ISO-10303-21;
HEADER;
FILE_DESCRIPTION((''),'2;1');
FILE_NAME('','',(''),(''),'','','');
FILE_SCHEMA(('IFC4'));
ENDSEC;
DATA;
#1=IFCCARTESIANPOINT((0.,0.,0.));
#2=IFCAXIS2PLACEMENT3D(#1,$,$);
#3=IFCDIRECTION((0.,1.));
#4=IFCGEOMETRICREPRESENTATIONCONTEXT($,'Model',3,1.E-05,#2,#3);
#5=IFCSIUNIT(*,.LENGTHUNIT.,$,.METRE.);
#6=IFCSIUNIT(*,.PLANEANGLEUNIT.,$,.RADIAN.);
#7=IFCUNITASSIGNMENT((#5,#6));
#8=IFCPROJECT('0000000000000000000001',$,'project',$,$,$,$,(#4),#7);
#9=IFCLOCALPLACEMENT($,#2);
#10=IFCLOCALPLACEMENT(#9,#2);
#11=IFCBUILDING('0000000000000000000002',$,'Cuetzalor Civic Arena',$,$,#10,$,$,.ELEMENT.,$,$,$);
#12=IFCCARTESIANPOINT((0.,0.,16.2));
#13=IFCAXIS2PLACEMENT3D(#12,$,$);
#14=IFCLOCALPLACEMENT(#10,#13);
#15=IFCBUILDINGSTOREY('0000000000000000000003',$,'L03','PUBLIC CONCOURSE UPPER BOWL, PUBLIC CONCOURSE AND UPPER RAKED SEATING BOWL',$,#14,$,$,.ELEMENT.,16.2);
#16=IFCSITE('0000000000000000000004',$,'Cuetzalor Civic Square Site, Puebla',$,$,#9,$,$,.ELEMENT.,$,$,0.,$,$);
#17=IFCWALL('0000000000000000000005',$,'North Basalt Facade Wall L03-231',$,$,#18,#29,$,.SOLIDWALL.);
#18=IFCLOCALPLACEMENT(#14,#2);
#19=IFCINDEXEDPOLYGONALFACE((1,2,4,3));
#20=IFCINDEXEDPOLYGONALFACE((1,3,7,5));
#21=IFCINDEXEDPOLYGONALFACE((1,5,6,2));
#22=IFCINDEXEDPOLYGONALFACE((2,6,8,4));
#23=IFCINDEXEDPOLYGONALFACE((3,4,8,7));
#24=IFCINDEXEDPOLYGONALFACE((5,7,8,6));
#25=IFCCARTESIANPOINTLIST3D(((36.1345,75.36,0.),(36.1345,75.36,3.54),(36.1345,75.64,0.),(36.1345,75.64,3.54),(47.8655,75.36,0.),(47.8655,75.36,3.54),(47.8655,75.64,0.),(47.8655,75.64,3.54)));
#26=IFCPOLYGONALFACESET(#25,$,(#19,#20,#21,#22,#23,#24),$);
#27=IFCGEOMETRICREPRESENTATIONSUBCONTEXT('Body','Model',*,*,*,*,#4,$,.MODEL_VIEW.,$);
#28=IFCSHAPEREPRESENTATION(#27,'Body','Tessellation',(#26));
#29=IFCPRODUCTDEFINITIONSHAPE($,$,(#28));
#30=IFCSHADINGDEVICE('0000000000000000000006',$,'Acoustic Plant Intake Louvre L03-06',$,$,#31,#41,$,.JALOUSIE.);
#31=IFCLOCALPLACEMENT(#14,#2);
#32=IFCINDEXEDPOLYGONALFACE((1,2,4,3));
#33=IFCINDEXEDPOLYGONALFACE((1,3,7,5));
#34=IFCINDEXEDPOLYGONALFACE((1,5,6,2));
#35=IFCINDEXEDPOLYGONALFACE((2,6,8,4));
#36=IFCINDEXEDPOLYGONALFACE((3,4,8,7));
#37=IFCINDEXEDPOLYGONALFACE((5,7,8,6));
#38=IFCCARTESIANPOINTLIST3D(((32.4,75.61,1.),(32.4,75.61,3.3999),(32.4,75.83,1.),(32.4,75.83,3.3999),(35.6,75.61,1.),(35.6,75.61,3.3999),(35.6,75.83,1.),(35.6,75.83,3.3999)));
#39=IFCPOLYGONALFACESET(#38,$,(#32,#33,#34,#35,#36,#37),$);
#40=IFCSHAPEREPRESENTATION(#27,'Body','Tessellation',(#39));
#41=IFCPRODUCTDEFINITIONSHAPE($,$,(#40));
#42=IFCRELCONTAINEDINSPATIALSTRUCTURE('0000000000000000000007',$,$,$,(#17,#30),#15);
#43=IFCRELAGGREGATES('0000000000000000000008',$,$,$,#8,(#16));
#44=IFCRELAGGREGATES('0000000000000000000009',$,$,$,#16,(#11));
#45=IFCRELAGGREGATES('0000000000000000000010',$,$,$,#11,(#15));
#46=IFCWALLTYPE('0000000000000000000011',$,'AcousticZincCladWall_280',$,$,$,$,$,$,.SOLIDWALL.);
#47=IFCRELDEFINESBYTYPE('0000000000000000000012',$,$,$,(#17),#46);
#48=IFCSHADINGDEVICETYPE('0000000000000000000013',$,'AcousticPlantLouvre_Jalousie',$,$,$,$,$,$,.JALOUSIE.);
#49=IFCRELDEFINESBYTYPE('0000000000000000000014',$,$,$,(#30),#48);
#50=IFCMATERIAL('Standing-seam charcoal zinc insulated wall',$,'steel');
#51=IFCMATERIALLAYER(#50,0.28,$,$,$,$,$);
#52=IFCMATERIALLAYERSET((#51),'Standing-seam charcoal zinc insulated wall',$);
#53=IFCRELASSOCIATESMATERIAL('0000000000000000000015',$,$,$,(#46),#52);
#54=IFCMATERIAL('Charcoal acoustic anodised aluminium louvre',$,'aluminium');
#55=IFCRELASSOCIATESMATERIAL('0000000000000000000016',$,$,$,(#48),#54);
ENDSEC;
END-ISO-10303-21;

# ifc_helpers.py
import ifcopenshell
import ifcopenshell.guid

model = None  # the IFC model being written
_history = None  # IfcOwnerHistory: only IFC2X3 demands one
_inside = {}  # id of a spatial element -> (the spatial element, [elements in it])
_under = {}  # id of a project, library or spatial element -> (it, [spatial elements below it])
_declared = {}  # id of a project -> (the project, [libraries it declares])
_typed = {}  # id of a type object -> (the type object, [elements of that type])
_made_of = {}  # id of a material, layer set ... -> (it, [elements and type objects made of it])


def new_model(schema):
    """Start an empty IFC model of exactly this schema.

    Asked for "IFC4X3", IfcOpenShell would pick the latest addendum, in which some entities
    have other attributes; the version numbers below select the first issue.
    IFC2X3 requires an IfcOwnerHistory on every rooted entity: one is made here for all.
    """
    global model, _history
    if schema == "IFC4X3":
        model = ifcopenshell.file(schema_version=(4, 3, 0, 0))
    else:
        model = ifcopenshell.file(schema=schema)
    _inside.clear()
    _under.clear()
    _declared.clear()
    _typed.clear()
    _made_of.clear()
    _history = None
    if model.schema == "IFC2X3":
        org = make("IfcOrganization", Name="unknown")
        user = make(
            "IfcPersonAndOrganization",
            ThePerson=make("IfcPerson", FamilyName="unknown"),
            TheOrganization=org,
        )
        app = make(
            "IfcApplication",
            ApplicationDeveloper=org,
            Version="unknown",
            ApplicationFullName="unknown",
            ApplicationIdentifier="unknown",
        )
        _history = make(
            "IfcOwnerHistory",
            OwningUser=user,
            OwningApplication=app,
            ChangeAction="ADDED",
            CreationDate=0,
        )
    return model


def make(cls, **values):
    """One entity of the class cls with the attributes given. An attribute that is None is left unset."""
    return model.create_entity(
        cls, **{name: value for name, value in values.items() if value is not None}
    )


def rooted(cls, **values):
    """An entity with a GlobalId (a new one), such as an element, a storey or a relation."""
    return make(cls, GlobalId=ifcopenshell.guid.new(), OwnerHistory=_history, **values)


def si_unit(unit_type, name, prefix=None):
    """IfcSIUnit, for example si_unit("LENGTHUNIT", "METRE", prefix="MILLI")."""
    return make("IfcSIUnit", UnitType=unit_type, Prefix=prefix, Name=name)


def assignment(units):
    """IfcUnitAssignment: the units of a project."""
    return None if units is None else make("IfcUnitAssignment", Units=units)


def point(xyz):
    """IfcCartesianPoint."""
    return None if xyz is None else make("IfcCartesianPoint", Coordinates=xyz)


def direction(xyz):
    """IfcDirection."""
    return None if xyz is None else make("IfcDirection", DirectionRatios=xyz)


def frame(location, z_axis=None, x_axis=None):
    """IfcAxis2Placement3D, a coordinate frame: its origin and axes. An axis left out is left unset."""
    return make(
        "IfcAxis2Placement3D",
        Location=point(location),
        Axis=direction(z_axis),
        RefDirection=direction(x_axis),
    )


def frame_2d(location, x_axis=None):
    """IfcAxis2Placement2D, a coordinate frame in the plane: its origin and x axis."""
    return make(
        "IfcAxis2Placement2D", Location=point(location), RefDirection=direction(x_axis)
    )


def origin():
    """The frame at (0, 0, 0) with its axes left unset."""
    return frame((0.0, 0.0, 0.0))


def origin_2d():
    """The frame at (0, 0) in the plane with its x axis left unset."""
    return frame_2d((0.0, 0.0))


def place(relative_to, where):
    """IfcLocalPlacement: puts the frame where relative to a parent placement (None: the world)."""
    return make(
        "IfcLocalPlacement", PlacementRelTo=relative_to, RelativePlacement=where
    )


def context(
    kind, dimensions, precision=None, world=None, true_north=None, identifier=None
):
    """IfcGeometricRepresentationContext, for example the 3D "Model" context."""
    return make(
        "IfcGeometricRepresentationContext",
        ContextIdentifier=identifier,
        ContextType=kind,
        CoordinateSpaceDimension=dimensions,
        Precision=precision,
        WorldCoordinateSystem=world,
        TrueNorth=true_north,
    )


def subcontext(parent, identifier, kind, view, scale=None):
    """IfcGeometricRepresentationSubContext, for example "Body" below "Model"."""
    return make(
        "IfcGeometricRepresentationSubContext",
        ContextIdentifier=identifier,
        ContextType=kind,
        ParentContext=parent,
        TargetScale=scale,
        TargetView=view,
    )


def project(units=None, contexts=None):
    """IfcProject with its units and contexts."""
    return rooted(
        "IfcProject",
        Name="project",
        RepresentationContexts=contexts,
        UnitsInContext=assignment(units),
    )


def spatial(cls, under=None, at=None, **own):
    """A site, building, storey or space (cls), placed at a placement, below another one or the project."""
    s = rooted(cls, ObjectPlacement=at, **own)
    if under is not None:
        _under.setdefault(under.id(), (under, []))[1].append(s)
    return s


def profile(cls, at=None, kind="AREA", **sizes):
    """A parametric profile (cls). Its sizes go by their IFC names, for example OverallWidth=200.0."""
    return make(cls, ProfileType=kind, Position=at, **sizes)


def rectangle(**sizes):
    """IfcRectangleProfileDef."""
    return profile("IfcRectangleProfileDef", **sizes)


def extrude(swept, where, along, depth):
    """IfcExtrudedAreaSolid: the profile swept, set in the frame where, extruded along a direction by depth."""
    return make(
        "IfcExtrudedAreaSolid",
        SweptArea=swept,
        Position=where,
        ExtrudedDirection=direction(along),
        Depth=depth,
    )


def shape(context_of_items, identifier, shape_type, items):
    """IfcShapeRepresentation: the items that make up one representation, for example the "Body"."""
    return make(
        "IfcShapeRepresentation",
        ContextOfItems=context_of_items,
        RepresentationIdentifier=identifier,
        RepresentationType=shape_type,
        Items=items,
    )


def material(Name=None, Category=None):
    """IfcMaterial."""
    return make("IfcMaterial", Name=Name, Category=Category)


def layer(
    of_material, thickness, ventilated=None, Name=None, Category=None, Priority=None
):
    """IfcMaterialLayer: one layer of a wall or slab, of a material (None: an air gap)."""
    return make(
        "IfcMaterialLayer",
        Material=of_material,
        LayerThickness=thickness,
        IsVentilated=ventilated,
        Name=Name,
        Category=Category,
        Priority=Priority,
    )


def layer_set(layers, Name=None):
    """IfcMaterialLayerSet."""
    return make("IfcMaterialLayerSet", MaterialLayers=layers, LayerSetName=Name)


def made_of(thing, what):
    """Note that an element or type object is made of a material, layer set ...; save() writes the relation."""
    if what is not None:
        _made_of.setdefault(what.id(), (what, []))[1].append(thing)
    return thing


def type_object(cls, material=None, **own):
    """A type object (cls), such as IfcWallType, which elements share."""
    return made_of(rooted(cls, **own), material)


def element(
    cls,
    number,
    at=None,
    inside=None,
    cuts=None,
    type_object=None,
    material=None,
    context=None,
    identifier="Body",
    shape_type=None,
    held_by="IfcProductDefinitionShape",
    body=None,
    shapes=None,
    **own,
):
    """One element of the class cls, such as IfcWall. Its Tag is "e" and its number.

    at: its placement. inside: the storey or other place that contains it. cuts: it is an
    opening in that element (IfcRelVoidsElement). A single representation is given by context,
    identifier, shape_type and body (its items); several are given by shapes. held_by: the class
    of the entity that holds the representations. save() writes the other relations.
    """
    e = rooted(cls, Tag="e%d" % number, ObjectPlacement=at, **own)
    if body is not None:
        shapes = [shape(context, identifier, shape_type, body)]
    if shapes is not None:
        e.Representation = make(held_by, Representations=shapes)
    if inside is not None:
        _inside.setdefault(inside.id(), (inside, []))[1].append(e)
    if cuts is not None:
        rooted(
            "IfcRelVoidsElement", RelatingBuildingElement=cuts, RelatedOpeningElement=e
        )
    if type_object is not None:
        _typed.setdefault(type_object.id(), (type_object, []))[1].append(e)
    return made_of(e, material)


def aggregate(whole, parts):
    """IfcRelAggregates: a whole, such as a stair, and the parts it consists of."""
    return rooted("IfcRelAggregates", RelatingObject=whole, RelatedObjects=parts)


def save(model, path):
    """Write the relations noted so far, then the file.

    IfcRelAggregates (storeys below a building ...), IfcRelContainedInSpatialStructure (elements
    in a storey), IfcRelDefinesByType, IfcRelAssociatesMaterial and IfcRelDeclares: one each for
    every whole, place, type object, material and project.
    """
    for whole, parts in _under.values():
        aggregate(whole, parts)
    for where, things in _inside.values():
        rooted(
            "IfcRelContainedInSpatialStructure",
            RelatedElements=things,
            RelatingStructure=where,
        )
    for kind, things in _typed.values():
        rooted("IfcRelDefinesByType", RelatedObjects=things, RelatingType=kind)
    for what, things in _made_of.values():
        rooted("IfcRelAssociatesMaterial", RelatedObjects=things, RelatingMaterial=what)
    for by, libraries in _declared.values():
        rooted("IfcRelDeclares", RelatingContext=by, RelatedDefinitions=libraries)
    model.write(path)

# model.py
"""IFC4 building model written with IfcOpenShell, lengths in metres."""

from ifc_helpers import new_model, si_unit, direction, frame, frame_2d, origin, origin_2d, place, context, subcontext, project, spatial, rectangle, extrude, material, layer, layer_set, type_object, element, save


model = new_model("IFC4")

# Units and contexts
model_context = context("Model", 3, precision=1e-05, world=origin(), true_north=direction((0.0, 1.0)))
body_context = subcontext(model_context, "Body", "Model", "MODEL_VIEW")
ifc_project = project(units=[si_unit("LENGTHUNIT", "METRE"), si_unit("PLANEANGLEUNIT", "RADIAN")], contexts=[model_context])

# Site, building, storey
site_placement = place(None, origin())
site = spatial("IfcSite", under=ifc_project, at=site_placement, Name="Cuetzalor Civic Square Site, Puebla", CompositionType="ELEMENT", RefElevation=0.0)
building_placement = place(site_placement, origin())
building = spatial("IfcBuilding", under=site, at=building_placement, Name="Cuetzalor Civic Arena", CompositionType="ELEMENT")
storey_placement = place(building_placement, frame((0.0, 0.0, 16.2)))
storey = spatial("IfcBuildingStorey", under=building, at=storey_placement, Name="L03", Description="PUBLIC CONCOURSE UPPER BOWL, PUBLIC CONCOURSE AND UPPER RAKED SEATING BOWL", CompositionType="ELEMENT", Elevation=16.2)

# Wall
ifc_material_1 = material(Name="Standing-seam charcoal zinc insulated wall", Category="steel")
ifc_layer = layer(ifc_material_1, 0.28)
ifc_layer_set = layer_set([ifc_layer], Name="Standing-seam charcoal zinc insulated wall")
wall_type = type_object("IfcWallType", Name="AcousticZincCladWall_280", PredefinedType="SOLIDWALL", material=ifc_layer_set)
wall_placement = place(storey_placement, frame((36.1345, 75.5, 0.0), z_axis=(0.0, 0.0, 1.0), x_axis=(1.0, 0.0, 0.0)))
element("IfcWall", 1, at=wall_placement, inside=storey, type_object=wall_type, Name="North Basalt Facade Wall L03-231", PredefinedType="SOLIDWALL", context=body_context, shape_type="SweptSolid", body=[
    extrude(rectangle(XDim=11.731, YDim=0.28, at=frame_2d((5.8655, 0.0))), origin(), (0.0, 0.0, 1.0), 3.54),
])

# Shading device
ifc_material_2 = material(Name="Charcoal acoustic anodised aluminium louvre", Category="aluminium")
shading_device_type = type_object("IfcShadingDeviceType", Name="AcousticPlantLouvre_Jalousie", PredefinedType="JALOUSIE", material=ifc_material_2)
shading_device_placement = place(storey_placement, frame((34.0, 75.72, 1.0), z_axis=(0.0, 0.0, 1.0), x_axis=(1.0, 0.0, 0.0)))
element("IfcShadingDevice", 2, at=shading_device_placement, inside=storey, type_object=shading_device_type, Name="Acoustic Plant Intake Louvre L03-06", PredefinedType="JALOUSIE", context=body_context, shape_type="SweptSolid", body=[
    extrude(rectangle(XDim=3.2, YDim=0.22, at=origin_2d()), origin(), (0.0, 0.0, 1.0), 2.3999),
])

save(model, "model.ifc")
